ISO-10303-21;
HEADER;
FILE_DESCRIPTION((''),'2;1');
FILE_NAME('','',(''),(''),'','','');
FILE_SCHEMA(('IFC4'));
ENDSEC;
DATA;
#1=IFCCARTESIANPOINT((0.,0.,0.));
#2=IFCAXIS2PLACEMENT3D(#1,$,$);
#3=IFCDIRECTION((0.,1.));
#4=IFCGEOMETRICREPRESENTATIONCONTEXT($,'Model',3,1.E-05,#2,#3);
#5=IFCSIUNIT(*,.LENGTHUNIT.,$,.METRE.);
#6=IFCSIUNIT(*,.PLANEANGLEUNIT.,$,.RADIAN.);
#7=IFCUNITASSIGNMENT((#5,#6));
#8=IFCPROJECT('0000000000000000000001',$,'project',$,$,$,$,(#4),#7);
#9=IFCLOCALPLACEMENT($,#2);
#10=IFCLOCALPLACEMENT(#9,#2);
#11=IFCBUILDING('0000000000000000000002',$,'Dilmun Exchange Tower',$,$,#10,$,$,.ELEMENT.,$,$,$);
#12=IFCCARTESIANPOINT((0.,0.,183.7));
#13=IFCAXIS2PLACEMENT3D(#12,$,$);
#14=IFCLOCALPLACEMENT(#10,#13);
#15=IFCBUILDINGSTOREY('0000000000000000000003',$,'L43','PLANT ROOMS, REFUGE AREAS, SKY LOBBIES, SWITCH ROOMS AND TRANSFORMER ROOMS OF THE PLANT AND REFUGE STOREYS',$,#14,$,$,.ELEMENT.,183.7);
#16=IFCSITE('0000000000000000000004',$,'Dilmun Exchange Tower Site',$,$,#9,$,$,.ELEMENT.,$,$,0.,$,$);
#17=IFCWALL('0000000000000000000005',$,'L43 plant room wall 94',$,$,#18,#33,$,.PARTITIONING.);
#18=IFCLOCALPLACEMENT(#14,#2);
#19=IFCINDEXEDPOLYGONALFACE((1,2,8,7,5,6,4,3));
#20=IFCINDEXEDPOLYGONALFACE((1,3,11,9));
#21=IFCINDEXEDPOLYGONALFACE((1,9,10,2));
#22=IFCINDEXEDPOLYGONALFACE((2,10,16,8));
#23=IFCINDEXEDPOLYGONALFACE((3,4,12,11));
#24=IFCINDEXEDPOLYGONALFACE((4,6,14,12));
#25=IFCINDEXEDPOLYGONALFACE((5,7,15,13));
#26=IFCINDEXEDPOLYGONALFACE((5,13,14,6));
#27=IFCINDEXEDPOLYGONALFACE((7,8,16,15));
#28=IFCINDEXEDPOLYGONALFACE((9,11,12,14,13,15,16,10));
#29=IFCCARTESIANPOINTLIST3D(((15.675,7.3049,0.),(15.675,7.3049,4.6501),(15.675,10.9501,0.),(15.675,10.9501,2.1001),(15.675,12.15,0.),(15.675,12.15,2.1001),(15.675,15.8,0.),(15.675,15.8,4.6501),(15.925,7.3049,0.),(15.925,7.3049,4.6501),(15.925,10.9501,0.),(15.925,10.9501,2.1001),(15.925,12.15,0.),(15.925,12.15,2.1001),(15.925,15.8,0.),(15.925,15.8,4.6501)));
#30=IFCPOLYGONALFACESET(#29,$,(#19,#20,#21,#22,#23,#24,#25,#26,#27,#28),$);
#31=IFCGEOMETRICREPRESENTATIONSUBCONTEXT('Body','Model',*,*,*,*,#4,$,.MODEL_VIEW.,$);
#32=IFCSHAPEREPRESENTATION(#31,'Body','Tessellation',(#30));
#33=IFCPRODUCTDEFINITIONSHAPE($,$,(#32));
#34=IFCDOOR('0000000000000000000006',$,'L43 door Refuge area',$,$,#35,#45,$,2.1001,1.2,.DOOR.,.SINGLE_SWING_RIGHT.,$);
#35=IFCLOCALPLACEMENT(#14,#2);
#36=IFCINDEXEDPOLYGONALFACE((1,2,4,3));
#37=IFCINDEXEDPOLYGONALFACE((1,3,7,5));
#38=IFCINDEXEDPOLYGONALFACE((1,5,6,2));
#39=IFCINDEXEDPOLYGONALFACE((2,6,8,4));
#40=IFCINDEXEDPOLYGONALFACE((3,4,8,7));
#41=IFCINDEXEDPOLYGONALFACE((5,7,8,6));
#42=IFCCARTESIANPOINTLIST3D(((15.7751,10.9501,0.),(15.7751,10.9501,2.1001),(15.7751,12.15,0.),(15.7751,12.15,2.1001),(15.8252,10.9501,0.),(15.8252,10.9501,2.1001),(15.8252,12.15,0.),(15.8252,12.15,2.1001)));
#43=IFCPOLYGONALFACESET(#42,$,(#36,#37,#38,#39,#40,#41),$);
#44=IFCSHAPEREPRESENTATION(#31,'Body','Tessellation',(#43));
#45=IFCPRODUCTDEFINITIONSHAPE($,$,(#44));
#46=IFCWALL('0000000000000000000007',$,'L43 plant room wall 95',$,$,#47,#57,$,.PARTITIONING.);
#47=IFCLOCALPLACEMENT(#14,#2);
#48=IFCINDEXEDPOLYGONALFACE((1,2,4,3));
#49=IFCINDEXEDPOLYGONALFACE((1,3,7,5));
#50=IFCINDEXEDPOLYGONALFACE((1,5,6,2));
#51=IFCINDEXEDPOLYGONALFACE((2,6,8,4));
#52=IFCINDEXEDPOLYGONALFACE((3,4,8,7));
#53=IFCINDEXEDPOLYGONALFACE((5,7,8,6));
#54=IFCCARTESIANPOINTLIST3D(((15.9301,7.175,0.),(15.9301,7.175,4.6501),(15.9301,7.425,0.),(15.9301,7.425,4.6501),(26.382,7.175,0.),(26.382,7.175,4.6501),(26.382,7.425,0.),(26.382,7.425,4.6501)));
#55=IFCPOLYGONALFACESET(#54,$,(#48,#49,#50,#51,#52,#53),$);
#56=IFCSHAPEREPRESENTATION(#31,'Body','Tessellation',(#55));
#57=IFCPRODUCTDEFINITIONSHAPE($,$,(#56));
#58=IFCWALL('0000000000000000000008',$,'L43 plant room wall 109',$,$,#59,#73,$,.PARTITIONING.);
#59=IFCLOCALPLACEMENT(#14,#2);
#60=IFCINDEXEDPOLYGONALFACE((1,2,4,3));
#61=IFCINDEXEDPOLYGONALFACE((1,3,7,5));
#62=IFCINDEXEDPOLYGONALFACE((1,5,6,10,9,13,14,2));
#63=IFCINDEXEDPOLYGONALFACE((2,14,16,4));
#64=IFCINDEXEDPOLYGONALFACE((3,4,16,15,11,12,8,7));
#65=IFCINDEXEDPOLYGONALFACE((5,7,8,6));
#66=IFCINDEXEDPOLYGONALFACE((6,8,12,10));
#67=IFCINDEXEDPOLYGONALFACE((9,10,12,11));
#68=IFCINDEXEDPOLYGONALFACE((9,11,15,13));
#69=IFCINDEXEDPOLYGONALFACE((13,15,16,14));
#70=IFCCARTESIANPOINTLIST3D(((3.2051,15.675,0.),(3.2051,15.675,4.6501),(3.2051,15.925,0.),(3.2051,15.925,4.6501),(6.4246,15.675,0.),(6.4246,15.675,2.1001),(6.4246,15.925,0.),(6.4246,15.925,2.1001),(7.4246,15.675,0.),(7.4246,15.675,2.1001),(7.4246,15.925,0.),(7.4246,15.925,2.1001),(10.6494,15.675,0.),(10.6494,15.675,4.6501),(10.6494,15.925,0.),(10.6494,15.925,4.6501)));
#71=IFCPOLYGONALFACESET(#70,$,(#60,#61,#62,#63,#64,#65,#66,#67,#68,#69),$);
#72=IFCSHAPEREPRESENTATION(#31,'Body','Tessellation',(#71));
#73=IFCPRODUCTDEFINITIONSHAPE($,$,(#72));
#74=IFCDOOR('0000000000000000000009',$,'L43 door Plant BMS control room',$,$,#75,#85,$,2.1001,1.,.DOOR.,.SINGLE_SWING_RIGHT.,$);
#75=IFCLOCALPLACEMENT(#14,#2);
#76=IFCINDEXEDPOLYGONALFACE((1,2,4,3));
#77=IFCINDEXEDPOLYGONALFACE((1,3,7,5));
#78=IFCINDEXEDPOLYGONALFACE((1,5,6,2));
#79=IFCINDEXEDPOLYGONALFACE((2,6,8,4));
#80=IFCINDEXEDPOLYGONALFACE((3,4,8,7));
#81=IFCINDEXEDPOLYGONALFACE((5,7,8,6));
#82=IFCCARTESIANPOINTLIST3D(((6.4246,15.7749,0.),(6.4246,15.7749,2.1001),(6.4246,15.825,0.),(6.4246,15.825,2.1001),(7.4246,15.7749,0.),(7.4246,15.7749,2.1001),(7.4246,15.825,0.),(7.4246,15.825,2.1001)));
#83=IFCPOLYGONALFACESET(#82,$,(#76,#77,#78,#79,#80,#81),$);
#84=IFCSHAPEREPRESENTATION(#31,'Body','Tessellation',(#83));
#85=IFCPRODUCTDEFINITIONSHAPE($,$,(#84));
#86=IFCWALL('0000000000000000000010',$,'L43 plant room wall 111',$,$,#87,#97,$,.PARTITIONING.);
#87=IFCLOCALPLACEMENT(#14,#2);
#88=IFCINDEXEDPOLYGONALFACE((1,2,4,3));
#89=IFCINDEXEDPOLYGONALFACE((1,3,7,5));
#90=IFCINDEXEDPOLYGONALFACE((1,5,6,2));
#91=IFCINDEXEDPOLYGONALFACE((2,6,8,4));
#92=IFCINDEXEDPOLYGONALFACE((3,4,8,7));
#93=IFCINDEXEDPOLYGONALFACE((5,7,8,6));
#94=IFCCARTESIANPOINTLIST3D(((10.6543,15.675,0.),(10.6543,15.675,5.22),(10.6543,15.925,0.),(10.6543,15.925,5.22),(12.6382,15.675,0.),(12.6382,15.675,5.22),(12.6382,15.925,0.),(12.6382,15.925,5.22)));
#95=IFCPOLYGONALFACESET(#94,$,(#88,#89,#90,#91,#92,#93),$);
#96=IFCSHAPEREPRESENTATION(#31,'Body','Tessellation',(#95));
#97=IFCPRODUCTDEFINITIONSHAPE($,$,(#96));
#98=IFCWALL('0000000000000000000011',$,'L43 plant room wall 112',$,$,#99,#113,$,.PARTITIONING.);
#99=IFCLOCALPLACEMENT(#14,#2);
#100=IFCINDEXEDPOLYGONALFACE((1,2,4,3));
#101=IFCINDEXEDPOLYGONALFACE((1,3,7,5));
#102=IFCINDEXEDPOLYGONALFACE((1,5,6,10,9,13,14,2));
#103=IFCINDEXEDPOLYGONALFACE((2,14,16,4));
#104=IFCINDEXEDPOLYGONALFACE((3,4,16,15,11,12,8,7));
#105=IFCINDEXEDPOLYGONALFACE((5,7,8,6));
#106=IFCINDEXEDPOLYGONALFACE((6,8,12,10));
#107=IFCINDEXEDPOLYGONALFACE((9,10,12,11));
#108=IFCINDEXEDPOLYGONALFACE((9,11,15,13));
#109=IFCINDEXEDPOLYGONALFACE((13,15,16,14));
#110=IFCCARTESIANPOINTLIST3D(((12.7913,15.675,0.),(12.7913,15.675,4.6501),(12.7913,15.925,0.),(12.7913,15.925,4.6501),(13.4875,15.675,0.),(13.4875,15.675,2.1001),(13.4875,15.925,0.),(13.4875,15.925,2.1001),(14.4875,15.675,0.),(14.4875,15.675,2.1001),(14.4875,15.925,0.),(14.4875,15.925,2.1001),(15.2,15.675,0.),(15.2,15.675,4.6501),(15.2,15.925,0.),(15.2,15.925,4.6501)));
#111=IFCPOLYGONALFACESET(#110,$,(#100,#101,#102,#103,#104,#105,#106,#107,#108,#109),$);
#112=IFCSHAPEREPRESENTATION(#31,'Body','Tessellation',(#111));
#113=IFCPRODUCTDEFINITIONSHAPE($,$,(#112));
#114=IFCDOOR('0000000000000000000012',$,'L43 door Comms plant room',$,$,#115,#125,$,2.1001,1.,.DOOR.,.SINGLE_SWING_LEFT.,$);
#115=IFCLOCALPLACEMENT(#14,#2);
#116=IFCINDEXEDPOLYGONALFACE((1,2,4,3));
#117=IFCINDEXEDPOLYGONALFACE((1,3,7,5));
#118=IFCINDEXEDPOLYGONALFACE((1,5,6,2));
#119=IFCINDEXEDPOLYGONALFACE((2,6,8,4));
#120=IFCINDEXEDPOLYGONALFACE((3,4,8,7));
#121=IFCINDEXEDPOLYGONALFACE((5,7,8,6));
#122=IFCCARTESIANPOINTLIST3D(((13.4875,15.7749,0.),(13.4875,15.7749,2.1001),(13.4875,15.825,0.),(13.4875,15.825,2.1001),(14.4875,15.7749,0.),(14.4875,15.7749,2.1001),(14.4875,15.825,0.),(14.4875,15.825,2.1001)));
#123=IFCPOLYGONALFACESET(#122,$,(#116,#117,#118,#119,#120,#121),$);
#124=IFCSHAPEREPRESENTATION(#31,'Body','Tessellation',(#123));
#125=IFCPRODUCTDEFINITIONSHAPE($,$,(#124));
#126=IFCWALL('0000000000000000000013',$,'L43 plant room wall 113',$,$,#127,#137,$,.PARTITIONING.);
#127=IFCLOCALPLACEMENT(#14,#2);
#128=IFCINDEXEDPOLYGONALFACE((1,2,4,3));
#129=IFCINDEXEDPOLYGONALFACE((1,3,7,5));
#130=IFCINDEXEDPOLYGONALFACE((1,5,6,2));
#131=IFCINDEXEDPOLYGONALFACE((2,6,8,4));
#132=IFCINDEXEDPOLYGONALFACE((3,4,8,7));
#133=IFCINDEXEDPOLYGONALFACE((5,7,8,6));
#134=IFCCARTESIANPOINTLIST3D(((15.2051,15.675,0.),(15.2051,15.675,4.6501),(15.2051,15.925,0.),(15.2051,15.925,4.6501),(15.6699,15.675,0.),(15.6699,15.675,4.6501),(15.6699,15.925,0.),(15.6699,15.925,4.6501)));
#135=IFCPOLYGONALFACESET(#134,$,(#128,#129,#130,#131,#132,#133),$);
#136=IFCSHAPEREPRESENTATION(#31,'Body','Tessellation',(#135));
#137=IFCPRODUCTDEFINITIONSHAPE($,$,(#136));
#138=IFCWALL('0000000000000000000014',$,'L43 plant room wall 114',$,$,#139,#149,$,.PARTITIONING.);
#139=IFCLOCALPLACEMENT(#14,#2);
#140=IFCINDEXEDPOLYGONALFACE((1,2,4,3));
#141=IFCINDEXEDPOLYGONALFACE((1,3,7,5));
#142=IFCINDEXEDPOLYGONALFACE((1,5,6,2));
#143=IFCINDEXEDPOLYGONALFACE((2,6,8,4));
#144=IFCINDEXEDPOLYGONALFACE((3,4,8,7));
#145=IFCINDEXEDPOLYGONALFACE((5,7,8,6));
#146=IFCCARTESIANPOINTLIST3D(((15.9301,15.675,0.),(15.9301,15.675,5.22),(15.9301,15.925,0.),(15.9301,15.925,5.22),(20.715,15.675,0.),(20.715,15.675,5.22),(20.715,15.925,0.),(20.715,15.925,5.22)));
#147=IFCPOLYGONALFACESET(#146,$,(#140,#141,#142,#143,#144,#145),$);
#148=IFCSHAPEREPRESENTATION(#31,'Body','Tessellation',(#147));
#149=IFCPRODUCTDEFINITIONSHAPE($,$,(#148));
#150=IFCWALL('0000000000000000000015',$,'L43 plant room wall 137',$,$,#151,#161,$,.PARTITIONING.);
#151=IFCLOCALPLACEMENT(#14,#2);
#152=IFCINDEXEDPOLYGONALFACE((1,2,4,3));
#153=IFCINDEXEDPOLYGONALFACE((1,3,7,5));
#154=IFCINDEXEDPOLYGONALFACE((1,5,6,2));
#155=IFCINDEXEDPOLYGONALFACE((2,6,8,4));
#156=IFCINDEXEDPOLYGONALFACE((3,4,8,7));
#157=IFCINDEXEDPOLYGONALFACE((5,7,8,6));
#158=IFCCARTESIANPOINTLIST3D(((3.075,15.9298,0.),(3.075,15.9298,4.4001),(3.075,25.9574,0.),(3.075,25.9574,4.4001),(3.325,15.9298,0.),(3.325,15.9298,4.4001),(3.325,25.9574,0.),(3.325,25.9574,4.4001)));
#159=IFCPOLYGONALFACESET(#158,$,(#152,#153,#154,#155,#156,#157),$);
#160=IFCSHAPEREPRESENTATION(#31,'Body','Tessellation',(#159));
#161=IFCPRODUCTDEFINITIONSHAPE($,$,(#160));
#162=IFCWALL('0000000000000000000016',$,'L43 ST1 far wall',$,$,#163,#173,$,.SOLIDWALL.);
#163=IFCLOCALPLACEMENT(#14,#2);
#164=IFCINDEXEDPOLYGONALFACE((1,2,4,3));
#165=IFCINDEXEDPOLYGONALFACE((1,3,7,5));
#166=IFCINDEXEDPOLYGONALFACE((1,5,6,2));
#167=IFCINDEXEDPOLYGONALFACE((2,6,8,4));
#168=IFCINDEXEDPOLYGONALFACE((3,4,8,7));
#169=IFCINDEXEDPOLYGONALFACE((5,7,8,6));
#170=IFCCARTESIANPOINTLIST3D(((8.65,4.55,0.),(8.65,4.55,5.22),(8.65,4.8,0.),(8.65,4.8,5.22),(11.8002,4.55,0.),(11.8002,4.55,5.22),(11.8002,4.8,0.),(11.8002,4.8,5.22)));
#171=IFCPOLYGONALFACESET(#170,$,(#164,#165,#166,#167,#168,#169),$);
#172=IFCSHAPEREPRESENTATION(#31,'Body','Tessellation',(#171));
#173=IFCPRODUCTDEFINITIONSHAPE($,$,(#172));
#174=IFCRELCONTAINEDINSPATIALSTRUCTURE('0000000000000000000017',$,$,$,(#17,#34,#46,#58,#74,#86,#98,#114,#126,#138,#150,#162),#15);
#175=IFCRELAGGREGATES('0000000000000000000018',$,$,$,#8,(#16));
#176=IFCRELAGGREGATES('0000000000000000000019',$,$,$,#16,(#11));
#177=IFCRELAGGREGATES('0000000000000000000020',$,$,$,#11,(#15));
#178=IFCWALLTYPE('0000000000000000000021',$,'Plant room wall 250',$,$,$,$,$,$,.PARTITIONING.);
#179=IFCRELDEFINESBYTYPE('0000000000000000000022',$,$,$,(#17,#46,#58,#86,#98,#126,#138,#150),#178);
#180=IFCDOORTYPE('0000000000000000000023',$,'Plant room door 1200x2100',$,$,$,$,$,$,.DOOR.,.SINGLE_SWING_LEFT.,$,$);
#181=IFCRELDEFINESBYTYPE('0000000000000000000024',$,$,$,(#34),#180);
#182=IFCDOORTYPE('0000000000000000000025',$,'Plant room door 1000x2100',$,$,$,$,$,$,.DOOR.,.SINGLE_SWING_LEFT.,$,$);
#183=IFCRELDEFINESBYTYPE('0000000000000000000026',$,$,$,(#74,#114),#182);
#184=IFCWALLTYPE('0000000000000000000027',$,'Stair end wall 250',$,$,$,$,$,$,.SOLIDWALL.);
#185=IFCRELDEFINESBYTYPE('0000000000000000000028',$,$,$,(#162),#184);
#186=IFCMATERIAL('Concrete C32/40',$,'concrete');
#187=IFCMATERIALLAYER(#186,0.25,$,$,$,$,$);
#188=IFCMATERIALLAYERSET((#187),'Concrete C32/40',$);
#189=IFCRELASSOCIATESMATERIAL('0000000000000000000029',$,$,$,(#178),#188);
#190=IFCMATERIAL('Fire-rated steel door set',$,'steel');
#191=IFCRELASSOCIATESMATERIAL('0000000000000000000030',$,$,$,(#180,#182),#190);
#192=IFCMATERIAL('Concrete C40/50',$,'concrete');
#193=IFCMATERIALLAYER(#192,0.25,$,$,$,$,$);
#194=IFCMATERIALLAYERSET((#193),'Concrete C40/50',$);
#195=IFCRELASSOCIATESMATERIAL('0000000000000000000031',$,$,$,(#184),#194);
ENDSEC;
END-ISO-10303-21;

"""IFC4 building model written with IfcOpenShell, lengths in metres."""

from ifc_helpers import new_model, si_unit, direction, frame, frame_2d, origin, place, context, subcontext, project, spatial, rectangle, extrude, material, layer, layer_set, type_object, element, fill, save


model = new_model("IFC4")

# Units and contexts
model_context = context("Model", 3, precision=1e-05, world=origin(), true_north=direction((0.0, 1.0)))
body_context = subcontext(model_context, "Body", "Model", "MODEL_VIEW")
ifc_project = project(units=[si_unit("LENGTHUNIT", "METRE"), si_unit("PLANEANGLEUNIT", "RADIAN")], contexts=[model_context])

# Site, building, storey
site_placement = place(None, origin())
site = spatial("IfcSite", under=ifc_project, at=site_placement, Name="Dilmun Exchange Tower Site", CompositionType="ELEMENT", RefElevation=0.0)
building_placement = place(site_placement, origin())
building = spatial("IfcBuilding", under=site, at=building_placement, Name="Dilmun Exchange Tower", CompositionType="ELEMENT")
storey_placement = place(building_placement, frame((0.0, 0.0, 183.7)))
storey = spatial("IfcBuildingStorey", under=building, at=storey_placement, Name="L43", Description="PLANT ROOMS, REFUGE AREAS, SKY LOBBIES, SWITCH ROOMS AND TRANSFORMER ROOMS OF THE PLANT AND REFUGE STOREYS", CompositionType="ELEMENT", Elevation=183.7)

# Shared definitions
ifc_material_1 = material(Name="Concrete C40/50", Category="concrete")

# Wall, opening, door
ifc_material_2 = material(Name="Concrete C32/40", Category="concrete")
ifc_layer_1 = layer(ifc_material_2, 0.25)
ifc_layer_set_1 = layer_set([ifc_layer_1], Name="Concrete C32/40")
wall_type_1 = type_object("IfcWallType", Name="Plant room wall 250", PredefinedType="PARTITIONING", material=ifc_layer_set_1)
wall_1_placement = place(storey_placement, frame((15.8, 7.3049, 0.0), z_axis=(0.0, 0.0, 1.0), x_axis=(0.0, 1.0, 0.0)))
wall_1 = element("IfcWall", 1, at=wall_1_placement, inside=storey, type_object=wall_type_1, Name="L43 plant room wall 94", PredefinedType="PARTITIONING", context=body_context, shape_type="SweptSolid", body=[
    extrude(rectangle(XDim=8.4951, YDim=0.25, at=frame_2d((4.2476, 0.0))), origin(), (0.0, 0.0, 1.0), 4.6501),
])
opening_1_placement = place(wall_1_placement, frame((3.645, 0.0, 0.0)))
opening_1 = element("IfcOpeningElement", 2, at=opening_1_placement, cuts=wall_1, PredefinedType="OPENING", context=body_context, shape_type="SweptSolid", body=[
    extrude(rectangle(XDim=1.2, YDim=2.1001, at=frame_2d((0.6001, 1.05))), frame((0.0, 0.135, 0.0), z_axis=(0.0, -1.0, 0.0), x_axis=(1.0, 0.0, 0.0)), (0.0, 0.0, 1.0), 0.27),
])
ifc_material_3 = material(Name="Fire-rated steel door set", Category="steel")
door_type_1 = type_object("IfcDoorType", Name="Plant room door 1200x2100", OperationType="SINGLE_SWING_LEFT", PredefinedType="DOOR", material=ifc_material_3)
door_1_placement = place(opening_1_placement, origin())
door_1 = element("IfcDoor", 3, at=door_1_placement, inside=storey, type_object=door_type_1, Name="L43 door Refuge area", OperationType="SINGLE_SWING_RIGHT", OverallHeight=2.1001, OverallWidth=1.2, PredefinedType="DOOR", context=body_context, shape_type="SweptSolid", body=[
    extrude(rectangle(XDim=1.2, YDim=2.1001, at=frame_2d((0.6001, 1.05))), frame((0.0, 0.0249, 0.0), z_axis=(0.0, -1.0, 0.0), x_axis=(1.0, 0.0, 0.0)), (0.0, 0.0, 1.0), 0.05),
])
fill(opening_1, door_1)

# Wall
wall_2_placement = place(storey_placement, frame((15.9299, 7.3, 0.0), z_axis=(0.0, 0.0, 1.0), x_axis=(1.0, 0.0, 0.0)))
element("IfcWall", 4, at=wall_2_placement, inside=storey, type_object=wall_type_1, Name="L43 plant room wall 95", PredefinedType="PARTITIONING", context=body_context, shape_type="SweptSolid", body=[
    extrude(rectangle(XDim=10.4519, YDim=0.25, at=frame_2d((5.2261, 0.0))), origin(), (0.0, 0.0, 1.0), 4.6501),
])

# Wall, opening, door
wall_3_placement = place(storey_placement, frame((3.2051, 15.8, 0.0), z_axis=(0.0, 0.0, 1.0), x_axis=(1.0, 0.0, 0.0)))
wall_3 = element("IfcWall", 5, at=wall_3_placement, inside=storey, type_object=wall_type_1, Name="L43 plant room wall 109", PredefinedType="PARTITIONING", context=body_context, shape_type="SweptSolid", body=[
    extrude(rectangle(XDim=7.4443, YDim=0.25, at=frame_2d((3.7222, 0.0))), origin(), (0.0, 0.0, 1.0), 4.6501),
])
opening_2_placement = place(wall_3_placement, frame((3.2195, 0.0, 0.0)))
opening_2 = element("IfcOpeningElement", 6, at=opening_2_placement, cuts=wall_3, PredefinedType="OPENING", context=body_context, shape_type="SweptSolid", body=[
    extrude(rectangle(XDim=1.0, YDim=2.1001, at=frame_2d((0.5, 1.05))), frame((0.0, 0.135, 0.0), z_axis=(0.0, -1.0, 0.0), x_axis=(1.0, 0.0, 0.0)), (0.0, 0.0, 1.0), 0.27),
])
door_type_2 = type_object("IfcDoorType", Name="Plant room door 1000x2100", OperationType="SINGLE_SWING_LEFT", PredefinedType="DOOR", material=ifc_material_3)
door_2_placement = place(opening_2_placement, origin())
door_2 = element("IfcDoor", 7, at=door_2_placement, inside=storey, type_object=door_type_2, Name="L43 door Plant BMS control room", OperationType="SINGLE_SWING_RIGHT", OverallHeight=2.1001, OverallWidth=1.0, PredefinedType="DOOR", context=body_context, shape_type="SweptSolid", body=[
    extrude(rectangle(XDim=1.0, YDim=2.1001, at=frame_2d((0.5, 1.05))), frame((0.0, 0.0249, 0.0), z_axis=(0.0, -1.0, 0.0), x_axis=(1.0, 0.0, 0.0)), (0.0, 0.0, 1.0), 0.05),
])
fill(opening_2, door_2)

# Wall
wall_4_placement = place(storey_placement, frame((10.6543, 15.8, 0.0), z_axis=(0.0, 0.0, 1.0), x_axis=(1.0, 0.0, 0.0)))
element("IfcWall", 8, at=wall_4_placement, inside=storey, type_object=wall_type_1, Name="L43 plant room wall 111", PredefinedType="PARTITIONING", context=body_context, shape_type="SweptSolid", body=[
    extrude(rectangle(XDim=1.9839, YDim=0.25, at=frame_2d((0.9919, 0.0))), origin(), (0.0, 0.0, 1.0), 5.22),
])

# Wall, opening, door
wall_5_placement = place(storey_placement, frame((12.7913, 15.8, 0.0), z_axis=(0.0, 0.0, 1.0), x_axis=(1.0, 0.0, 0.0)))
wall_5 = element("IfcWall", 9, at=wall_5_placement, inside=storey, type_object=wall_type_1, Name="L43 plant room wall 112", PredefinedType="PARTITIONING", context=body_context, shape_type="SweptSolid", body=[
    extrude(rectangle(XDim=2.4087, YDim=0.25, at=frame_2d((1.2043, 0.0))), origin(), (0.0, 0.0, 1.0), 4.6501),
])
opening_3_placement = place(wall_5_placement, frame((0.6963, 0.0, 0.0)))
opening_3 = element("IfcOpeningElement", 10, at=opening_3_placement, cuts=wall_5, PredefinedType="OPENING", context=body_context, shape_type="SweptSolid", body=[
    extrude(rectangle(XDim=1.0, YDim=2.1001, at=frame_2d((0.5, 1.05))), frame((0.0, 0.135, 0.0), z_axis=(0.0, -1.0, 0.0), x_axis=(1.0, 0.0, 0.0)), (0.0, 0.0, 1.0), 0.27),
])
door_3_placement = place(opening_3_placement, origin())
door_3 = element("IfcDoor", 11, at=door_3_placement, inside=storey, type_object=door_type_2, Name="L43 door Comms plant room", OperationType="SINGLE_SWING_LEFT", OverallHeight=2.1001, OverallWidth=1.0, PredefinedType="DOOR", context=body_context, shape_type="SweptSolid", body=[
    extrude(rectangle(XDim=1.0, YDim=2.1001, at=frame_2d((0.5, 1.05))), frame((0.0, 0.0249, 0.0), z_axis=(0.0, -1.0, 0.0), x_axis=(1.0, 0.0, 0.0)), (0.0, 0.0, 1.0), 0.05),
])
fill(opening_3, door_3)

# Walls
wall_6_placement = place(storey_placement, frame((15.2051, 15.8, 0.0), z_axis=(0.0, 0.0, 1.0), x_axis=(1.0, 0.0, 0.0)))
element("IfcWall", 12, at=wall_6_placement, inside=storey, type_object=wall_type_1, Name="L43 plant room wall 113", PredefinedType="PARTITIONING", context=body_context, shape_type="SweptSolid", body=[
    extrude(rectangle(XDim=0.4648, YDim=0.25, at=frame_2d((0.2324, 0.0))), origin(), (0.0, 0.0, 1.0), 4.6501),
])
wall_7_placement = place(storey_placement, frame((15.9299, 15.8, 0.0), z_axis=(0.0, 0.0, 1.0), x_axis=(1.0, 0.0, 0.0)))
element("IfcWall", 13, at=wall_7_placement, inside=storey, type_object=wall_type_1, Name="L43 plant room wall 114", PredefinedType="PARTITIONING", context=body_context, shape_type="SweptSolid", body=[
    extrude(rectangle(XDim=4.7849, YDim=0.25, at=frame_2d((2.3926, 0.0))), origin(), (0.0, 0.0, 1.0), 5.22),
])
wall_8_placement = place(storey_placement, frame((3.2, 15.9299, 0.0), z_axis=(0.0, 0.0, 1.0), x_axis=(0.0, 1.0, 0.0)))
element("IfcWall", 14, at=wall_8_placement, inside=storey, type_object=wall_type_1, Name="L43 plant room wall 137", PredefinedType="PARTITIONING", context=body_context, shape_type="SweptSolid", body=[
    extrude(rectangle(XDim=10.0276, YDim=0.25, at=frame_2d((5.0137, 0.0))), origin(), (0.0, 0.0, 1.0), 4.4001),
])
ifc_layer_2 = layer(ifc_material_1, 0.25)
ifc_layer_set_2 = layer_set([ifc_layer_2], Name="Concrete C40/50")
wall_type_2 = type_object("IfcWallType", Name="Stair end wall 250", PredefinedType="SOLIDWALL", material=ifc_layer_set_2)
wall_9_placement = place(storey_placement, frame((8.6499, 4.675, 0.0), z_axis=(0.0, 0.0, 1.0), x_axis=(1.0, 0.0, 0.0)))
element("IfcWall", 15, at=wall_9_placement, inside=storey, type_object=wall_type_2, Name="L43 ST1 far wall", PredefinedType="SOLIDWALL", context=body_context, shape_type="SweptSolid", body=[
    extrude(rectangle(XDim=3.1501, YDim=0.25, at=frame_2d((1.5752, 0.0))), origin(), (0.0, 0.0, 1.0), 5.22),
])

save(model, "model.ifc")
